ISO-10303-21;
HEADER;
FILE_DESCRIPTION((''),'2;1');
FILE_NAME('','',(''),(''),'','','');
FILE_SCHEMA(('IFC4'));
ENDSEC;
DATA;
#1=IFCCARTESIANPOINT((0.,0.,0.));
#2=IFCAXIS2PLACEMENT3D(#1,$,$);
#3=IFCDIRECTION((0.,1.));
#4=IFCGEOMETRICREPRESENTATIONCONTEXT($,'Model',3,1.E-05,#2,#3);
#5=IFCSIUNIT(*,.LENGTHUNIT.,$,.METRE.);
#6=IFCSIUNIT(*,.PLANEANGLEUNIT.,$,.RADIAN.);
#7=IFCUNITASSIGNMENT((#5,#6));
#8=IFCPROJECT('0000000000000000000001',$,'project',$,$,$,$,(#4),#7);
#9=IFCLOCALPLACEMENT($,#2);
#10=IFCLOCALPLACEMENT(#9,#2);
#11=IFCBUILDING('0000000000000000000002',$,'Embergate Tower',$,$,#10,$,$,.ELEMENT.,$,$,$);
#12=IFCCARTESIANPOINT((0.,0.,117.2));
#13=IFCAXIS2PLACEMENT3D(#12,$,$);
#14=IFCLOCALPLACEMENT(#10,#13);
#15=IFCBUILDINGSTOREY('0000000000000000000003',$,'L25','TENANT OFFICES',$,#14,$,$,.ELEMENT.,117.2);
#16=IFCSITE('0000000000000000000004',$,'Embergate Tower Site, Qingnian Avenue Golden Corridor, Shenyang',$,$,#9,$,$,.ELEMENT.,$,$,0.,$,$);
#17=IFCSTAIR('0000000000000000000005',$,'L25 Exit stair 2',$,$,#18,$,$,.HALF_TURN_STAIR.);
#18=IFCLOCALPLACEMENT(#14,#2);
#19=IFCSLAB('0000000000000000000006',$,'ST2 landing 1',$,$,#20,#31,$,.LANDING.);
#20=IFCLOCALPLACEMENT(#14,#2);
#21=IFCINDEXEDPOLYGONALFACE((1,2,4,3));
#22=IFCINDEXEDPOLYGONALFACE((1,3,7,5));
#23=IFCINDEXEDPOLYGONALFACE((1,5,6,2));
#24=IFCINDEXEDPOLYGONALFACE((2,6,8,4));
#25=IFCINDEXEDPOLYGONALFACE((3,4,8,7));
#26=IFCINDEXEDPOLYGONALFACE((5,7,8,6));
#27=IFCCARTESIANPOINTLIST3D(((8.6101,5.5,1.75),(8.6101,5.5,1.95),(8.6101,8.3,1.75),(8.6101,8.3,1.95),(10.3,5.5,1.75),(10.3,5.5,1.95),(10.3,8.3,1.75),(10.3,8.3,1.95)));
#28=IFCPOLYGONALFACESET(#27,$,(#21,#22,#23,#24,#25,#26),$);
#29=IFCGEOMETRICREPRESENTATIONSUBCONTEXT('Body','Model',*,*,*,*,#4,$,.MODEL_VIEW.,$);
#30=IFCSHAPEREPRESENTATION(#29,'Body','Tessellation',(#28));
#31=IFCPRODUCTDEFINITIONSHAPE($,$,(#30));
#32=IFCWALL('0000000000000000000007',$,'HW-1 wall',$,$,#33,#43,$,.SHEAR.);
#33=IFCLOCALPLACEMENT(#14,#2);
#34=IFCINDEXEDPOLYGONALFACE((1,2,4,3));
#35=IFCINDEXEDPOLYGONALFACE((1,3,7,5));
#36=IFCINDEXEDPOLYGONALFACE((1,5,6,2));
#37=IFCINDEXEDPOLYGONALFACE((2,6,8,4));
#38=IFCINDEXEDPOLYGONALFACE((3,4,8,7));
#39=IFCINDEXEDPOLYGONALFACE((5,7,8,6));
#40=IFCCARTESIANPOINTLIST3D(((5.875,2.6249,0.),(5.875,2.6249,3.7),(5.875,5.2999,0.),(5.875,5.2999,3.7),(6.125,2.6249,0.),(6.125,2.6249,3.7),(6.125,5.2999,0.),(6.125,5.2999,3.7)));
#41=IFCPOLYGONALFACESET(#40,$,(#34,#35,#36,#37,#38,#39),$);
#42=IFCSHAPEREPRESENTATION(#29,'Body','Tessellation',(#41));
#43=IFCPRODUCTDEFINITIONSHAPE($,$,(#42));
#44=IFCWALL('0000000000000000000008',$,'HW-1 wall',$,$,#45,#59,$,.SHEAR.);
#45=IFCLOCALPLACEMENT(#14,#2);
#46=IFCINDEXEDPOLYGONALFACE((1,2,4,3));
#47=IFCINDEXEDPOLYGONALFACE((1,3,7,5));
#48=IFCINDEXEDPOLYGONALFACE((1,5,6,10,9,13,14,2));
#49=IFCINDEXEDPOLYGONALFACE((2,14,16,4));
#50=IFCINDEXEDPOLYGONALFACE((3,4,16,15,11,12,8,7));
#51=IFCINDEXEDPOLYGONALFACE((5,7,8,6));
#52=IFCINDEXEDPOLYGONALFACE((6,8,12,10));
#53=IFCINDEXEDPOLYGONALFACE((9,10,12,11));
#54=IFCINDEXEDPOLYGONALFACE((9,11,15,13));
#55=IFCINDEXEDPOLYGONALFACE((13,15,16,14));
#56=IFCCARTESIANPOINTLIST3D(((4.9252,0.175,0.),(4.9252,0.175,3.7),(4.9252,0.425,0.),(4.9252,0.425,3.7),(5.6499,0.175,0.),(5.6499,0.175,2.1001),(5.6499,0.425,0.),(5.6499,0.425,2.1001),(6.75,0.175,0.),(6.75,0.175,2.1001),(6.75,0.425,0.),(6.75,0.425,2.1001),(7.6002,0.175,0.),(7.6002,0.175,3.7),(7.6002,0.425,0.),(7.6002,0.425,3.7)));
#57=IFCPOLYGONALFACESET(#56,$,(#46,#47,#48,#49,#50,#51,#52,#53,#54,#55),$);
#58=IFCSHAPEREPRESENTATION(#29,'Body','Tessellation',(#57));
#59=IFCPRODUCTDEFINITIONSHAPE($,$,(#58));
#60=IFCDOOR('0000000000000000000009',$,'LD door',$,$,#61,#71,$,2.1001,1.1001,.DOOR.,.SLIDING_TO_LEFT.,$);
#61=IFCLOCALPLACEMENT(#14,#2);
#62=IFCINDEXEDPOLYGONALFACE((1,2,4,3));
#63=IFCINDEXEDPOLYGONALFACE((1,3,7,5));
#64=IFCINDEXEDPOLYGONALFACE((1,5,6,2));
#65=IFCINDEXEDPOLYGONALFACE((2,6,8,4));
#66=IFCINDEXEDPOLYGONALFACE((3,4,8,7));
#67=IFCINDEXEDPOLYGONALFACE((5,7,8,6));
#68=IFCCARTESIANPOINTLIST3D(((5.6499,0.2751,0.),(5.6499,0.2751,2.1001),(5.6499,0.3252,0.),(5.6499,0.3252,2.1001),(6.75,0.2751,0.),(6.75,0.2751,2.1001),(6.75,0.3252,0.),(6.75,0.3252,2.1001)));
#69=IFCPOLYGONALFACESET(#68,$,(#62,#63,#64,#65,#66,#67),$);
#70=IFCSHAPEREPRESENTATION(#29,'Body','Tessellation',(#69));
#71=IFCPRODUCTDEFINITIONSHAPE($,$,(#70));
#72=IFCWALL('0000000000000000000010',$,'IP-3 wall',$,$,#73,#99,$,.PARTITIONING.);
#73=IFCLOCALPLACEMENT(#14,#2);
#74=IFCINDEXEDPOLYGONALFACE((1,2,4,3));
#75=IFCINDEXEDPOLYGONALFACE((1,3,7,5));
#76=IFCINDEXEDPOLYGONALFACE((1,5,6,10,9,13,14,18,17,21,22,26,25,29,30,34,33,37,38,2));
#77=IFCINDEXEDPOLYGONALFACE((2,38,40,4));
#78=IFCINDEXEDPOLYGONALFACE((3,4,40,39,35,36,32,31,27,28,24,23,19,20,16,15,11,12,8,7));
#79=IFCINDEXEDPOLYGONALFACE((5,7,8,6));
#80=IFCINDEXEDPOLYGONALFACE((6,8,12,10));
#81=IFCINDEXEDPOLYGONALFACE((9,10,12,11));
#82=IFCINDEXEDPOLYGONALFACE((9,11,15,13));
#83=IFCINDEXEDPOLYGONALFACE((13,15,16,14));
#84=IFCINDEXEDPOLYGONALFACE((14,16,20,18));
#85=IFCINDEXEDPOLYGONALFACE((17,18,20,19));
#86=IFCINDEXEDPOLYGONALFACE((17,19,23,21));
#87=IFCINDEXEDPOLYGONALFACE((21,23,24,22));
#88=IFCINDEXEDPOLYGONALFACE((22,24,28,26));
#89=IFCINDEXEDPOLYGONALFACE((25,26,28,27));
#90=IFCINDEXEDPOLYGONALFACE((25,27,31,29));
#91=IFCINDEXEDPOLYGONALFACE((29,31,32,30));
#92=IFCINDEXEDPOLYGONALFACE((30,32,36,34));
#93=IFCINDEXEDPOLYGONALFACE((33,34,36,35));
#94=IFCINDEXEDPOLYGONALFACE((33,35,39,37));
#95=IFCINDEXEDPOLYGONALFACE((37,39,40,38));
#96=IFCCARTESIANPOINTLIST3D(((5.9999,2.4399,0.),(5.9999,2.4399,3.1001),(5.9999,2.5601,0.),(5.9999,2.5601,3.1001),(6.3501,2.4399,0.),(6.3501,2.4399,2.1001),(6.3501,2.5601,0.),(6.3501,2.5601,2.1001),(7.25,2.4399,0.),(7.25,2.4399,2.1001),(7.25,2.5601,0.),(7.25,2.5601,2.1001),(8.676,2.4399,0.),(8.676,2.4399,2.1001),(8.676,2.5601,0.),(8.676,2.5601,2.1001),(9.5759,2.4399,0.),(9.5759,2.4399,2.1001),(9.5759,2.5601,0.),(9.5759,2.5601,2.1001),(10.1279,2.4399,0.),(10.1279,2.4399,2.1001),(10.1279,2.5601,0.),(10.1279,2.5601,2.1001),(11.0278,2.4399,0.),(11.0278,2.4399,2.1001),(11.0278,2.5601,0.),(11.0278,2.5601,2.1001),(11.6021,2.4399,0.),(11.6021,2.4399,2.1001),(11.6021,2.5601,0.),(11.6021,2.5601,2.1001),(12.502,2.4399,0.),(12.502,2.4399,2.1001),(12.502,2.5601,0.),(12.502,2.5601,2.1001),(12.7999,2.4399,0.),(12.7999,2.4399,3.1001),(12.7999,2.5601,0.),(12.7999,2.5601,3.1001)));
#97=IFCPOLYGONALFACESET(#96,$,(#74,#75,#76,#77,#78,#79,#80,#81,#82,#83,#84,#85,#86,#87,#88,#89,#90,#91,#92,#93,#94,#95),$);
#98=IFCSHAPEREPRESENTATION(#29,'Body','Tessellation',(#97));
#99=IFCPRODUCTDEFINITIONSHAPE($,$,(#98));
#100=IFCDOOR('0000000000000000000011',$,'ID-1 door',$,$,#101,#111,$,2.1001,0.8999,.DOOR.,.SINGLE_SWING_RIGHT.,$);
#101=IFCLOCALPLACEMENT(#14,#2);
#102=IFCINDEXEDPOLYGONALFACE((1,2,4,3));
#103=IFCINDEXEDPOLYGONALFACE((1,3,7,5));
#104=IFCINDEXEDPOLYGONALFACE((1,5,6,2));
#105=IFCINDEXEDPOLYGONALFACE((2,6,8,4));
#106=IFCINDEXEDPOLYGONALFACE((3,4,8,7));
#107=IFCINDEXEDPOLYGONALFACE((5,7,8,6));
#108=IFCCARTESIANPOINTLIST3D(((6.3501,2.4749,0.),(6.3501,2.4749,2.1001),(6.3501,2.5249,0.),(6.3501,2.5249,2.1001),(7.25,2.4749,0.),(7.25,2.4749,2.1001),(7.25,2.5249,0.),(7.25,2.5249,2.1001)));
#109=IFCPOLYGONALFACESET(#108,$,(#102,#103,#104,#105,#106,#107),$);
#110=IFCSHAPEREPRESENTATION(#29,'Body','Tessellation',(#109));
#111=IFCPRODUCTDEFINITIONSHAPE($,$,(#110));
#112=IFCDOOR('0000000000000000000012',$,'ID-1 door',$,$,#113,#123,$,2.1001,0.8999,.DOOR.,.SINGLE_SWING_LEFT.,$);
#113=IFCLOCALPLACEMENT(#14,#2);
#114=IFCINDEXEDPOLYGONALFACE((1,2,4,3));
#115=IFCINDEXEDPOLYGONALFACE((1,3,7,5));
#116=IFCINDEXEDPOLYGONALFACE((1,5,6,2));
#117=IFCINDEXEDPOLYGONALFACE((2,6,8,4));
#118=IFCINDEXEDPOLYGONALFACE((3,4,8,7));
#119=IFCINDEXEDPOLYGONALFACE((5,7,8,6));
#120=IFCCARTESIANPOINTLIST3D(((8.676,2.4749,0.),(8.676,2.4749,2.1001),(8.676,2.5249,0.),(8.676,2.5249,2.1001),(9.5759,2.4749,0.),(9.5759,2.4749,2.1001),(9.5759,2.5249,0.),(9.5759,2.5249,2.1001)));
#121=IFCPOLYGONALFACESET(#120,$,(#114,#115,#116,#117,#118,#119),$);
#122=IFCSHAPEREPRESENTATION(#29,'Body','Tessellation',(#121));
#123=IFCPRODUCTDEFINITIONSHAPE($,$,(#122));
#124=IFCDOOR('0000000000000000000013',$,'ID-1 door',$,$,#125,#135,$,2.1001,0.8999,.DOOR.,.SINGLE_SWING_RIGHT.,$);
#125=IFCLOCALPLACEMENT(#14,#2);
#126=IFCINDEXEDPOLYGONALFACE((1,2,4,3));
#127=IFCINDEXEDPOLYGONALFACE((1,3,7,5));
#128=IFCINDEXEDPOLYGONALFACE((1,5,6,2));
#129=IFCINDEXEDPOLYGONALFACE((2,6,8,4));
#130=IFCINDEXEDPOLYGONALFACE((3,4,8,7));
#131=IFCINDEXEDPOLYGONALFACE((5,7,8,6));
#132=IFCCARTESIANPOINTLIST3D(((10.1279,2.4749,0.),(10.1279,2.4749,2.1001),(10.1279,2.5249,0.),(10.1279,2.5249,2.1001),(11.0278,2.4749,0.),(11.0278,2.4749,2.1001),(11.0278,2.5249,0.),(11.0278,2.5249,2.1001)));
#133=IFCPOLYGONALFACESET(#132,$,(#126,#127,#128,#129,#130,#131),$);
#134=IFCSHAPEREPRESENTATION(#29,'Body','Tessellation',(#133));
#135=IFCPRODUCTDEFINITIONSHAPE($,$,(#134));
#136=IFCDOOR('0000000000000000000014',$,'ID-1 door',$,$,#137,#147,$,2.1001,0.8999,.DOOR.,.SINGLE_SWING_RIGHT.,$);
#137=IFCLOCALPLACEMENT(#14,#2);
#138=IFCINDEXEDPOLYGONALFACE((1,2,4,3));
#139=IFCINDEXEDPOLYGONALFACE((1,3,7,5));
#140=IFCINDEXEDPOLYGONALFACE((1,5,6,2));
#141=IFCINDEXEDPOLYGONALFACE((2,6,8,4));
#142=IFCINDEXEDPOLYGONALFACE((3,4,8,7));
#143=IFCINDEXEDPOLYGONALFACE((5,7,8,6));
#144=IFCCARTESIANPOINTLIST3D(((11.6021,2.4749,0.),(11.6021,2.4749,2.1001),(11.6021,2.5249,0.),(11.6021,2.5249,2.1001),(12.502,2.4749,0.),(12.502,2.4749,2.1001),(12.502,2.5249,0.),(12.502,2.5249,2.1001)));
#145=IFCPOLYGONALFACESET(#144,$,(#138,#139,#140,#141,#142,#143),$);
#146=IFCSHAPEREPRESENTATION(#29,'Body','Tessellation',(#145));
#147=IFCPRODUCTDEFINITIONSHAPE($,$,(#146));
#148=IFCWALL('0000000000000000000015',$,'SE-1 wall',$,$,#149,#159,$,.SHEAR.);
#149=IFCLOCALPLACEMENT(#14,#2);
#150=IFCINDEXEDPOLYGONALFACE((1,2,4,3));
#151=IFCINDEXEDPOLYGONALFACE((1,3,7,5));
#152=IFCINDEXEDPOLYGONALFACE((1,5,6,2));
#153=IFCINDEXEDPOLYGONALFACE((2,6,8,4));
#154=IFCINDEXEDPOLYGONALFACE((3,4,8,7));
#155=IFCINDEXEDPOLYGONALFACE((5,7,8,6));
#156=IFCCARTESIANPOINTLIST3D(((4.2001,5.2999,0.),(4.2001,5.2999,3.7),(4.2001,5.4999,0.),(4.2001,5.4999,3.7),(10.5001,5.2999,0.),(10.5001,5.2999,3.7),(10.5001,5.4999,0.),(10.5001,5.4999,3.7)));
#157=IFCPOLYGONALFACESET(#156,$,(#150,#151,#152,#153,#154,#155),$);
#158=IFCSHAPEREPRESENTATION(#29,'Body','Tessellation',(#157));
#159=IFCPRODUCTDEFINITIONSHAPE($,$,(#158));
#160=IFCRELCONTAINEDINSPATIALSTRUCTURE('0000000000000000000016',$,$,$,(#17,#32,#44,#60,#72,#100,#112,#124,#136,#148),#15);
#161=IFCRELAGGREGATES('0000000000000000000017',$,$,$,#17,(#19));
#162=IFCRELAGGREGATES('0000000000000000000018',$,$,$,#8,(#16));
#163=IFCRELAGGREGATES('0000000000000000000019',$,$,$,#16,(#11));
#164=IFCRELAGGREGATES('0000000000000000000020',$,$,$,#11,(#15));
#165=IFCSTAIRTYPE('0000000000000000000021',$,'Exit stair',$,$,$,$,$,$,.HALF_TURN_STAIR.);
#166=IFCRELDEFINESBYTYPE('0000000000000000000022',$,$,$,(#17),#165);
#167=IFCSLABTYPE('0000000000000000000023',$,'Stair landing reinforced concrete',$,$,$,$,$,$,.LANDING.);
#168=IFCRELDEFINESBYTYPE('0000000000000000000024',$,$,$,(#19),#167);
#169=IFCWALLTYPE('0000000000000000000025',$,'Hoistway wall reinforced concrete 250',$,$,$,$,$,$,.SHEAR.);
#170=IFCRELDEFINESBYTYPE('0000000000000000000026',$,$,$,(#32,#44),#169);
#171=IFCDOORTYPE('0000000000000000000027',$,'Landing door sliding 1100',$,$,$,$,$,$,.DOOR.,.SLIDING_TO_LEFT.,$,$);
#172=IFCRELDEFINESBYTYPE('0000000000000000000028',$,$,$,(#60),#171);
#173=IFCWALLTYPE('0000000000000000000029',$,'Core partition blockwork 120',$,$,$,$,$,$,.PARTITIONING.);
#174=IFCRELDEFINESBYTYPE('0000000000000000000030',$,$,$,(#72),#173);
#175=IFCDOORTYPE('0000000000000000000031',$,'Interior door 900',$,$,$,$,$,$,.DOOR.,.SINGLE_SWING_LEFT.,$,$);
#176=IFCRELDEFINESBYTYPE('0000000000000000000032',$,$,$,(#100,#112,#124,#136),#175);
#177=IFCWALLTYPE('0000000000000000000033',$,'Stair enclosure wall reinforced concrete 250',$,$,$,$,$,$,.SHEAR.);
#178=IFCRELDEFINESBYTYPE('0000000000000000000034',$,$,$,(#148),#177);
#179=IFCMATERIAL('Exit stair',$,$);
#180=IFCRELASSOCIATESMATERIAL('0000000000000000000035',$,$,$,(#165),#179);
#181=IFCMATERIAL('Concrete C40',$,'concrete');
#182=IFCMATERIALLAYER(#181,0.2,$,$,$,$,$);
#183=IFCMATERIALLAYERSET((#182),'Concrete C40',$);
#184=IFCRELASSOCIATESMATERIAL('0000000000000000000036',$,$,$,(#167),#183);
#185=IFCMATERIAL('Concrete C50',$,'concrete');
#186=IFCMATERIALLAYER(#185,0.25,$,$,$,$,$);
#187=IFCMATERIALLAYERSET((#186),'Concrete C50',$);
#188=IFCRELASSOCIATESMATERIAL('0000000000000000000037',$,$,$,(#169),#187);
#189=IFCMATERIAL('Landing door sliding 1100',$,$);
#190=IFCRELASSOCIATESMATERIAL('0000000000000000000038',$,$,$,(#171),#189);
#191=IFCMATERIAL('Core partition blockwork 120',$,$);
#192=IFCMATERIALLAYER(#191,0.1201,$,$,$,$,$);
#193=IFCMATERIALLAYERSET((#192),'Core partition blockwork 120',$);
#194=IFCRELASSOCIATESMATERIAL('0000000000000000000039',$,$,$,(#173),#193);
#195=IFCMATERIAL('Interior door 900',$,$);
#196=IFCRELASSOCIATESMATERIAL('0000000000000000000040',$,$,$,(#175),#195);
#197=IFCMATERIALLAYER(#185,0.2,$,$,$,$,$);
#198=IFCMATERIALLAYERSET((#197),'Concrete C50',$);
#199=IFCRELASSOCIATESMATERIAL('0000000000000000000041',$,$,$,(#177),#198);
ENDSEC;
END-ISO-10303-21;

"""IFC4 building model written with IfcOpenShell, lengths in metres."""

from ifc_helpers import new_model, si_unit, direction, frame, frame_2d, origin, place, context, subcontext, project, spatial, polyline, rectangle, outline, extrude, source, transform, mapped, material, layer, layer_set, type_object, element, fill, aggregate, save


model = new_model("IFC4")

# Units and contexts
model_context = context("Model", 3, precision=1e-05, world=origin(), true_north=direction((0.0, 1.0)))
body_context = subcontext(model_context, "Body", "Model", "MODEL_VIEW")
ifc_project = project(units=[si_unit("LENGTHUNIT", "METRE"), si_unit("PLANEANGLEUNIT", "RADIAN")], contexts=[model_context])

# Site, building, storey
site_placement = place(None, origin())
site = spatial("IfcSite", under=ifc_project, at=site_placement, Name="Embergate Tower Site, Qingnian Avenue Golden Corridor, Shenyang", CompositionType="ELEMENT", RefElevation=0.0)
building_placement = place(site_placement, origin())
building = spatial("IfcBuilding", under=site, at=building_placement, Name="Embergate Tower", CompositionType="ELEMENT")
storey_placement = place(building_placement, frame((0.0, 0.0, 117.2)))
storey = spatial("IfcBuildingStorey", under=building, at=storey_placement, Name="L25", Description="TENANT OFFICES", CompositionType="ELEMENT", Elevation=117.2)

# Stair, slab
ifc_material_1 = material(Name="Exit stair")
stair_type = type_object("IfcStairType", Name="Exit stair", PredefinedType="HALF_TURN_STAIR", material=ifc_material_1)
stair_placement = place(storey_placement, origin())
stair = element("IfcStair", 1, at=stair_placement, inside=storey, type_object=stair_type, Name="L25 Exit stair 2", PredefinedType="HALF_TURN_STAIR")
ifc_material_2 = material(Name="Concrete C40", Category="concrete")
ifc_layer_1 = layer(ifc_material_2, 0.2)
ifc_layer_set_1 = layer_set([ifc_layer_1], Name="Concrete C40")
slab_type = type_object("IfcSlabType", Name="Stair landing reinforced concrete", PredefinedType="LANDING", material=ifc_layer_set_1)
shared_shape_1 = source(origin(), body_context, "Body", "SweptSolid", [
    extrude(outline(polyline([(0.0, 0.0), (1.6899, 0.0), (1.6899, 2.8), (0.0, 2.8), (0.0, 0.0)])), origin(), (0.0, 0.0, 1.0), 0.2),
])
slab_placement = place(storey_placement, frame((8.6101, 5.5, 1.75)))
slab = element("IfcSlab", 2, at=slab_placement, type_object=slab_type, Name="ST2 landing 1", PredefinedType="LANDING", context=body_context, shape_type="MappedRepresentation", body=[
    mapped(shared_shape_1, transform((0.0, 0.0, 0.0))),
])

# Wall
ifc_material_3 = material(Name="Concrete C50", Category="concrete")
ifc_layer_2 = layer(ifc_material_3, 0.25)
ifc_layer_set_2 = layer_set([ifc_layer_2], Name="Concrete C50")
wall_type_1 = type_object("IfcWallType", Name="Hoistway wall reinforced concrete 250", PredefinedType="SHEAR", material=ifc_layer_set_2)
shared_shape_2 = source(origin(), body_context, "Body", "SweptSolid", [
    extrude(rectangle(XDim=2.675, YDim=0.25, at=frame_2d((1.3374, 0.0))), origin(), (0.0, 0.0, 1.0), 3.7),
])
wall_1_placement = place(storey_placement, frame((6.0, 2.625, 0.0), z_axis=(0.0, 0.0, 1.0), x_axis=(0.0, 1.0, 0.0)))
element("IfcWall", 3, at=wall_1_placement, inside=storey, type_object=wall_type_1, Name="HW-1 wall", PredefinedType="SHEAR", context=body_context, shape_type="MappedRepresentation", body=[
    mapped(shared_shape_2, transform((0.0, 0.0, 0.0))),
])

# Wall, opening, door
wall_2_placement = place(storey_placement, frame((7.6001, 0.3, 0.0), z_axis=(0.0, 0.0, 1.0), x_axis=(-1.0, 0.0, 0.0)))
wall_2 = element("IfcWall", 4, at=wall_2_placement, inside=storey, type_object=wall_type_1, Name="HW-1 wall", PredefinedType="SHEAR", context=body_context, shape_type="MappedRepresentation", body=[
    mapped(shared_shape_2, transform((0.0, 0.0, 0.0))),
])
shared_shape_3 = source(origin(), body_context, "Body", "SweptSolid", [
    extrude(rectangle(XDim=1.1001, YDim=2.1001, at=frame_2d((0.55, 1.05))), frame((0.0, 0.135, 0.0), z_axis=(0.0, -1.0, 0.0), x_axis=(1.0, 0.0, 0.0)), (0.0, 0.0, 1.0), 0.27),
])
opening_1_placement = place(wall_2_placement, frame((0.8501, 0.0, 0.0)))
opening_1 = element("IfcOpeningElement", 5, at=opening_1_placement, cuts=wall_2, PredefinedType="OPENING", context=body_context, shape_type="MappedRepresentation", body=[
    mapped(shared_shape_3, transform((0.0, 0.0, 0.0))),
])
ifc_material_4 = material(Name="Landing door sliding 1100")
door_type_1 = type_object("IfcDoorType", Name="Landing door sliding 1100", OperationType="SLIDING_TO_LEFT", PredefinedType="DOOR", material=ifc_material_4)
shared_shape_4 = source(origin(), body_context, "Body", "SweptSolid", [
    extrude(rectangle(XDim=1.1001, YDim=2.1001, at=frame_2d((0.55, 1.05))), frame((0.0, 0.0249, 0.0), z_axis=(0.0, -1.0, 0.0), x_axis=(1.0, 0.0, 0.0)), (0.0, 0.0, 1.0), 0.05),
])
door_1_placement = place(opening_1_placement, origin())
door_1 = element("IfcDoor", 6, at=door_1_placement, inside=storey, type_object=door_type_1, Name="LD door", OperationType="SLIDING_TO_LEFT", OverallHeight=2.1001, OverallWidth=1.1001, PredefinedType="DOOR", context=body_context, shape_type="MappedRepresentation", body=[
    mapped(shared_shape_4, transform((0.0, 0.0, 0.0))),
])
fill(opening_1, door_1)

# Wall, openings, doors
ifc_material_5 = material(Name="Core partition blockwork 120")
ifc_layer_3 = layer(ifc_material_5, 0.1201)
ifc_layer_set_3 = layer_set([ifc_layer_3], Name="Core partition blockwork 120")
wall_type_2 = type_object("IfcWallType", Name="Core partition blockwork 120", PredefinedType="PARTITIONING", material=ifc_layer_set_3)
shared_shape_5 = source(origin(), body_context, "Body", "SweptSolid", [
    extrude(rectangle(XDim=6.8, YDim=0.1201, at=frame_2d((3.3999, 0.0))), origin(), (0.0, 0.0, 1.0), 3.1001),
])
wall_3_placement = place(storey_placement, frame((6.0, 2.5, 0.0), z_axis=(0.0, 0.0, 1.0), x_axis=(1.0, 0.0, 0.0)))
wall_3 = element("IfcWall", 7, at=wall_3_placement, inside=storey, type_object=wall_type_2, Name="IP-3 wall", PredefinedType="PARTITIONING", context=body_context, shape_type="MappedRepresentation", body=[
    mapped(shared_shape_5, transform((0.0, 0.0, 0.0))),
])
shared_shape_6 = source(origin(), body_context, "Body", "SweptSolid", [
    extrude(rectangle(XDim=0.8999, YDim=2.1001, at=frame_2d((0.45, 1.05))), frame((0.0, 0.0701, 0.0), z_axis=(0.0, -1.0, 0.0), x_axis=(1.0, 0.0, 0.0)), (0.0, 0.0, 1.0), 0.1401),
])
opening_2_placement = place(wall_3_placement, frame((0.3501, 0.0, 0.0)))
opening_2 = element("IfcOpeningElement", 8, at=opening_2_placement, cuts=wall_3, PredefinedType="OPENING", context=body_context, shape_type="MappedRepresentation", body=[
    mapped(shared_shape_6, transform((0.0, 0.0, 0.0))),
])
opening_3_placement = place(wall_3_placement, frame((2.676, 0.0, 0.0)))
opening_3 = element("IfcOpeningElement", 9, at=opening_3_placement, cuts=wall_3, PredefinedType="OPENING", context=body_context, shape_type="MappedRepresentation", body=[
    mapped(shared_shape_6, transform((0.0, 0.0, 0.0))),
])
opening_4_placement = place(wall_3_placement, frame((4.1279, 0.0, 0.0)))
opening_4 = element("IfcOpeningElement", 10, at=opening_4_placement, cuts=wall_3, PredefinedType="OPENING", context=body_context, shape_type="MappedRepresentation", body=[
    mapped(shared_shape_6, transform((0.0, 0.0, 0.0))),
])
opening_5_placement = place(wall_3_placement, frame((5.6021, 0.0, 0.0)))
opening_5 = element("IfcOpeningElement", 11, at=opening_5_placement, cuts=wall_3, PredefinedType="OPENING", context=body_context, shape_type="MappedRepresentation", body=[
    mapped(shared_shape_6, transform((0.0, 0.0, 0.0))),
])
ifc_material_6 = material(Name="Interior door 900")
door_type_2 = type_object("IfcDoorType", Name="Interior door 900", OperationType="SINGLE_SWING_LEFT", PredefinedType="DOOR", material=ifc_material_6)
shared_shape_7 = source(origin(), body_context, "Body", "SweptSolid", [
    extrude(rectangle(XDim=0.8999, YDim=2.1001, at=frame_2d((0.45, 1.05))), frame((0.0, 0.0249, 0.0), z_axis=(0.0, -1.0, 0.0), x_axis=(1.0, 0.0, 0.0)), (0.0, 0.0, 1.0), 0.05),
])
door_2_placement = place(opening_2_placement, origin())
door_2 = element("IfcDoor", 12, at=door_2_placement, inside=storey, type_object=door_type_2, Name="ID-1 door", OperationType="SINGLE_SWING_RIGHT", OverallHeight=2.1001, OverallWidth=0.8999, PredefinedType="DOOR", context=body_context, shape_type="MappedRepresentation", body=[
    mapped(shared_shape_7, transform((0.0, 0.0, 0.0))),
])
fill(opening_2, door_2)
door_3_placement = place(opening_3_placement, origin())
door_3 = element("IfcDoor", 13, at=door_3_placement, inside=storey, type_object=door_type_2, Name="ID-1 door", OperationType="SINGLE_SWING_LEFT", OverallHeight=2.1001, OverallWidth=0.8999, PredefinedType="DOOR", context=body_context, shape_type="MappedRepresentation", body=[
    mapped(shared_shape_7, transform((0.0, 0.0, 0.0))),
])
fill(opening_3, door_3)
door_4_placement = place(opening_4_placement, origin())
door_4 = element("IfcDoor", 14, at=door_4_placement, inside=storey, type_object=door_type_2, Name="ID-1 door", OperationType="SINGLE_SWING_RIGHT", OverallHeight=2.1001, OverallWidth=0.8999, PredefinedType="DOOR", context=body_context, shape_type="MappedRepresentation", body=[
    mapped(shared_shape_7, transform((0.0, 0.0, 0.0))),
])
fill(opening_4, door_4)
door_5_placement = place(opening_5_placement, origin())
door_5 = element("IfcDoor", 15, at=door_5_placement, inside=storey, type_object=door_type_2, Name="ID-1 door", OperationType="SINGLE_SWING_RIGHT", OverallHeight=2.1001, OverallWidth=0.8999, PredefinedType="DOOR", context=body_context, shape_type="MappedRepresentation", body=[
    mapped(shared_shape_7, transform((0.0, 0.0, 0.0))),
])
fill(opening_5, door_5)

# Wall
ifc_layer_4 = layer(ifc_material_3, 0.2)
ifc_layer_set_4 = layer_set([ifc_layer_4], Name="Concrete C50")
wall_type_3 = type_object("IfcWallType", Name="Stair enclosure wall reinforced concrete 250", PredefinedType="SHEAR", material=ifc_layer_set_4)
shared_shape_8 = source(origin(), body_context, "Body", "SweptSolid", [
    extrude(rectangle(XDim=6.3, YDim=0.2, at=frame_2d((3.1499, 0.0))), origin(), (0.0, 0.0, 1.0), 3.7),
])
for number, where, z_axis, x_axis, name in (
    (16, (10.5, 5.3999, 0.0), (0.0, 0.0, 1.0), (-1.0, 0.0, 0.0), "SE-1 wall"),
):
    element("IfcWall", number, at=place(storey_placement, frame(where, z_axis=z_axis, x_axis=x_axis)), inside=storey, type_object=wall_type_3, Name=name, PredefinedType="SHEAR", context=body_context, shape_type="MappedRepresentation", body=[
        mapped(shared_shape_8, transform((0.0, 0.0, 0.0))),
    ])

aggregate(stair, [slab])

save(model, "model.ifc")
